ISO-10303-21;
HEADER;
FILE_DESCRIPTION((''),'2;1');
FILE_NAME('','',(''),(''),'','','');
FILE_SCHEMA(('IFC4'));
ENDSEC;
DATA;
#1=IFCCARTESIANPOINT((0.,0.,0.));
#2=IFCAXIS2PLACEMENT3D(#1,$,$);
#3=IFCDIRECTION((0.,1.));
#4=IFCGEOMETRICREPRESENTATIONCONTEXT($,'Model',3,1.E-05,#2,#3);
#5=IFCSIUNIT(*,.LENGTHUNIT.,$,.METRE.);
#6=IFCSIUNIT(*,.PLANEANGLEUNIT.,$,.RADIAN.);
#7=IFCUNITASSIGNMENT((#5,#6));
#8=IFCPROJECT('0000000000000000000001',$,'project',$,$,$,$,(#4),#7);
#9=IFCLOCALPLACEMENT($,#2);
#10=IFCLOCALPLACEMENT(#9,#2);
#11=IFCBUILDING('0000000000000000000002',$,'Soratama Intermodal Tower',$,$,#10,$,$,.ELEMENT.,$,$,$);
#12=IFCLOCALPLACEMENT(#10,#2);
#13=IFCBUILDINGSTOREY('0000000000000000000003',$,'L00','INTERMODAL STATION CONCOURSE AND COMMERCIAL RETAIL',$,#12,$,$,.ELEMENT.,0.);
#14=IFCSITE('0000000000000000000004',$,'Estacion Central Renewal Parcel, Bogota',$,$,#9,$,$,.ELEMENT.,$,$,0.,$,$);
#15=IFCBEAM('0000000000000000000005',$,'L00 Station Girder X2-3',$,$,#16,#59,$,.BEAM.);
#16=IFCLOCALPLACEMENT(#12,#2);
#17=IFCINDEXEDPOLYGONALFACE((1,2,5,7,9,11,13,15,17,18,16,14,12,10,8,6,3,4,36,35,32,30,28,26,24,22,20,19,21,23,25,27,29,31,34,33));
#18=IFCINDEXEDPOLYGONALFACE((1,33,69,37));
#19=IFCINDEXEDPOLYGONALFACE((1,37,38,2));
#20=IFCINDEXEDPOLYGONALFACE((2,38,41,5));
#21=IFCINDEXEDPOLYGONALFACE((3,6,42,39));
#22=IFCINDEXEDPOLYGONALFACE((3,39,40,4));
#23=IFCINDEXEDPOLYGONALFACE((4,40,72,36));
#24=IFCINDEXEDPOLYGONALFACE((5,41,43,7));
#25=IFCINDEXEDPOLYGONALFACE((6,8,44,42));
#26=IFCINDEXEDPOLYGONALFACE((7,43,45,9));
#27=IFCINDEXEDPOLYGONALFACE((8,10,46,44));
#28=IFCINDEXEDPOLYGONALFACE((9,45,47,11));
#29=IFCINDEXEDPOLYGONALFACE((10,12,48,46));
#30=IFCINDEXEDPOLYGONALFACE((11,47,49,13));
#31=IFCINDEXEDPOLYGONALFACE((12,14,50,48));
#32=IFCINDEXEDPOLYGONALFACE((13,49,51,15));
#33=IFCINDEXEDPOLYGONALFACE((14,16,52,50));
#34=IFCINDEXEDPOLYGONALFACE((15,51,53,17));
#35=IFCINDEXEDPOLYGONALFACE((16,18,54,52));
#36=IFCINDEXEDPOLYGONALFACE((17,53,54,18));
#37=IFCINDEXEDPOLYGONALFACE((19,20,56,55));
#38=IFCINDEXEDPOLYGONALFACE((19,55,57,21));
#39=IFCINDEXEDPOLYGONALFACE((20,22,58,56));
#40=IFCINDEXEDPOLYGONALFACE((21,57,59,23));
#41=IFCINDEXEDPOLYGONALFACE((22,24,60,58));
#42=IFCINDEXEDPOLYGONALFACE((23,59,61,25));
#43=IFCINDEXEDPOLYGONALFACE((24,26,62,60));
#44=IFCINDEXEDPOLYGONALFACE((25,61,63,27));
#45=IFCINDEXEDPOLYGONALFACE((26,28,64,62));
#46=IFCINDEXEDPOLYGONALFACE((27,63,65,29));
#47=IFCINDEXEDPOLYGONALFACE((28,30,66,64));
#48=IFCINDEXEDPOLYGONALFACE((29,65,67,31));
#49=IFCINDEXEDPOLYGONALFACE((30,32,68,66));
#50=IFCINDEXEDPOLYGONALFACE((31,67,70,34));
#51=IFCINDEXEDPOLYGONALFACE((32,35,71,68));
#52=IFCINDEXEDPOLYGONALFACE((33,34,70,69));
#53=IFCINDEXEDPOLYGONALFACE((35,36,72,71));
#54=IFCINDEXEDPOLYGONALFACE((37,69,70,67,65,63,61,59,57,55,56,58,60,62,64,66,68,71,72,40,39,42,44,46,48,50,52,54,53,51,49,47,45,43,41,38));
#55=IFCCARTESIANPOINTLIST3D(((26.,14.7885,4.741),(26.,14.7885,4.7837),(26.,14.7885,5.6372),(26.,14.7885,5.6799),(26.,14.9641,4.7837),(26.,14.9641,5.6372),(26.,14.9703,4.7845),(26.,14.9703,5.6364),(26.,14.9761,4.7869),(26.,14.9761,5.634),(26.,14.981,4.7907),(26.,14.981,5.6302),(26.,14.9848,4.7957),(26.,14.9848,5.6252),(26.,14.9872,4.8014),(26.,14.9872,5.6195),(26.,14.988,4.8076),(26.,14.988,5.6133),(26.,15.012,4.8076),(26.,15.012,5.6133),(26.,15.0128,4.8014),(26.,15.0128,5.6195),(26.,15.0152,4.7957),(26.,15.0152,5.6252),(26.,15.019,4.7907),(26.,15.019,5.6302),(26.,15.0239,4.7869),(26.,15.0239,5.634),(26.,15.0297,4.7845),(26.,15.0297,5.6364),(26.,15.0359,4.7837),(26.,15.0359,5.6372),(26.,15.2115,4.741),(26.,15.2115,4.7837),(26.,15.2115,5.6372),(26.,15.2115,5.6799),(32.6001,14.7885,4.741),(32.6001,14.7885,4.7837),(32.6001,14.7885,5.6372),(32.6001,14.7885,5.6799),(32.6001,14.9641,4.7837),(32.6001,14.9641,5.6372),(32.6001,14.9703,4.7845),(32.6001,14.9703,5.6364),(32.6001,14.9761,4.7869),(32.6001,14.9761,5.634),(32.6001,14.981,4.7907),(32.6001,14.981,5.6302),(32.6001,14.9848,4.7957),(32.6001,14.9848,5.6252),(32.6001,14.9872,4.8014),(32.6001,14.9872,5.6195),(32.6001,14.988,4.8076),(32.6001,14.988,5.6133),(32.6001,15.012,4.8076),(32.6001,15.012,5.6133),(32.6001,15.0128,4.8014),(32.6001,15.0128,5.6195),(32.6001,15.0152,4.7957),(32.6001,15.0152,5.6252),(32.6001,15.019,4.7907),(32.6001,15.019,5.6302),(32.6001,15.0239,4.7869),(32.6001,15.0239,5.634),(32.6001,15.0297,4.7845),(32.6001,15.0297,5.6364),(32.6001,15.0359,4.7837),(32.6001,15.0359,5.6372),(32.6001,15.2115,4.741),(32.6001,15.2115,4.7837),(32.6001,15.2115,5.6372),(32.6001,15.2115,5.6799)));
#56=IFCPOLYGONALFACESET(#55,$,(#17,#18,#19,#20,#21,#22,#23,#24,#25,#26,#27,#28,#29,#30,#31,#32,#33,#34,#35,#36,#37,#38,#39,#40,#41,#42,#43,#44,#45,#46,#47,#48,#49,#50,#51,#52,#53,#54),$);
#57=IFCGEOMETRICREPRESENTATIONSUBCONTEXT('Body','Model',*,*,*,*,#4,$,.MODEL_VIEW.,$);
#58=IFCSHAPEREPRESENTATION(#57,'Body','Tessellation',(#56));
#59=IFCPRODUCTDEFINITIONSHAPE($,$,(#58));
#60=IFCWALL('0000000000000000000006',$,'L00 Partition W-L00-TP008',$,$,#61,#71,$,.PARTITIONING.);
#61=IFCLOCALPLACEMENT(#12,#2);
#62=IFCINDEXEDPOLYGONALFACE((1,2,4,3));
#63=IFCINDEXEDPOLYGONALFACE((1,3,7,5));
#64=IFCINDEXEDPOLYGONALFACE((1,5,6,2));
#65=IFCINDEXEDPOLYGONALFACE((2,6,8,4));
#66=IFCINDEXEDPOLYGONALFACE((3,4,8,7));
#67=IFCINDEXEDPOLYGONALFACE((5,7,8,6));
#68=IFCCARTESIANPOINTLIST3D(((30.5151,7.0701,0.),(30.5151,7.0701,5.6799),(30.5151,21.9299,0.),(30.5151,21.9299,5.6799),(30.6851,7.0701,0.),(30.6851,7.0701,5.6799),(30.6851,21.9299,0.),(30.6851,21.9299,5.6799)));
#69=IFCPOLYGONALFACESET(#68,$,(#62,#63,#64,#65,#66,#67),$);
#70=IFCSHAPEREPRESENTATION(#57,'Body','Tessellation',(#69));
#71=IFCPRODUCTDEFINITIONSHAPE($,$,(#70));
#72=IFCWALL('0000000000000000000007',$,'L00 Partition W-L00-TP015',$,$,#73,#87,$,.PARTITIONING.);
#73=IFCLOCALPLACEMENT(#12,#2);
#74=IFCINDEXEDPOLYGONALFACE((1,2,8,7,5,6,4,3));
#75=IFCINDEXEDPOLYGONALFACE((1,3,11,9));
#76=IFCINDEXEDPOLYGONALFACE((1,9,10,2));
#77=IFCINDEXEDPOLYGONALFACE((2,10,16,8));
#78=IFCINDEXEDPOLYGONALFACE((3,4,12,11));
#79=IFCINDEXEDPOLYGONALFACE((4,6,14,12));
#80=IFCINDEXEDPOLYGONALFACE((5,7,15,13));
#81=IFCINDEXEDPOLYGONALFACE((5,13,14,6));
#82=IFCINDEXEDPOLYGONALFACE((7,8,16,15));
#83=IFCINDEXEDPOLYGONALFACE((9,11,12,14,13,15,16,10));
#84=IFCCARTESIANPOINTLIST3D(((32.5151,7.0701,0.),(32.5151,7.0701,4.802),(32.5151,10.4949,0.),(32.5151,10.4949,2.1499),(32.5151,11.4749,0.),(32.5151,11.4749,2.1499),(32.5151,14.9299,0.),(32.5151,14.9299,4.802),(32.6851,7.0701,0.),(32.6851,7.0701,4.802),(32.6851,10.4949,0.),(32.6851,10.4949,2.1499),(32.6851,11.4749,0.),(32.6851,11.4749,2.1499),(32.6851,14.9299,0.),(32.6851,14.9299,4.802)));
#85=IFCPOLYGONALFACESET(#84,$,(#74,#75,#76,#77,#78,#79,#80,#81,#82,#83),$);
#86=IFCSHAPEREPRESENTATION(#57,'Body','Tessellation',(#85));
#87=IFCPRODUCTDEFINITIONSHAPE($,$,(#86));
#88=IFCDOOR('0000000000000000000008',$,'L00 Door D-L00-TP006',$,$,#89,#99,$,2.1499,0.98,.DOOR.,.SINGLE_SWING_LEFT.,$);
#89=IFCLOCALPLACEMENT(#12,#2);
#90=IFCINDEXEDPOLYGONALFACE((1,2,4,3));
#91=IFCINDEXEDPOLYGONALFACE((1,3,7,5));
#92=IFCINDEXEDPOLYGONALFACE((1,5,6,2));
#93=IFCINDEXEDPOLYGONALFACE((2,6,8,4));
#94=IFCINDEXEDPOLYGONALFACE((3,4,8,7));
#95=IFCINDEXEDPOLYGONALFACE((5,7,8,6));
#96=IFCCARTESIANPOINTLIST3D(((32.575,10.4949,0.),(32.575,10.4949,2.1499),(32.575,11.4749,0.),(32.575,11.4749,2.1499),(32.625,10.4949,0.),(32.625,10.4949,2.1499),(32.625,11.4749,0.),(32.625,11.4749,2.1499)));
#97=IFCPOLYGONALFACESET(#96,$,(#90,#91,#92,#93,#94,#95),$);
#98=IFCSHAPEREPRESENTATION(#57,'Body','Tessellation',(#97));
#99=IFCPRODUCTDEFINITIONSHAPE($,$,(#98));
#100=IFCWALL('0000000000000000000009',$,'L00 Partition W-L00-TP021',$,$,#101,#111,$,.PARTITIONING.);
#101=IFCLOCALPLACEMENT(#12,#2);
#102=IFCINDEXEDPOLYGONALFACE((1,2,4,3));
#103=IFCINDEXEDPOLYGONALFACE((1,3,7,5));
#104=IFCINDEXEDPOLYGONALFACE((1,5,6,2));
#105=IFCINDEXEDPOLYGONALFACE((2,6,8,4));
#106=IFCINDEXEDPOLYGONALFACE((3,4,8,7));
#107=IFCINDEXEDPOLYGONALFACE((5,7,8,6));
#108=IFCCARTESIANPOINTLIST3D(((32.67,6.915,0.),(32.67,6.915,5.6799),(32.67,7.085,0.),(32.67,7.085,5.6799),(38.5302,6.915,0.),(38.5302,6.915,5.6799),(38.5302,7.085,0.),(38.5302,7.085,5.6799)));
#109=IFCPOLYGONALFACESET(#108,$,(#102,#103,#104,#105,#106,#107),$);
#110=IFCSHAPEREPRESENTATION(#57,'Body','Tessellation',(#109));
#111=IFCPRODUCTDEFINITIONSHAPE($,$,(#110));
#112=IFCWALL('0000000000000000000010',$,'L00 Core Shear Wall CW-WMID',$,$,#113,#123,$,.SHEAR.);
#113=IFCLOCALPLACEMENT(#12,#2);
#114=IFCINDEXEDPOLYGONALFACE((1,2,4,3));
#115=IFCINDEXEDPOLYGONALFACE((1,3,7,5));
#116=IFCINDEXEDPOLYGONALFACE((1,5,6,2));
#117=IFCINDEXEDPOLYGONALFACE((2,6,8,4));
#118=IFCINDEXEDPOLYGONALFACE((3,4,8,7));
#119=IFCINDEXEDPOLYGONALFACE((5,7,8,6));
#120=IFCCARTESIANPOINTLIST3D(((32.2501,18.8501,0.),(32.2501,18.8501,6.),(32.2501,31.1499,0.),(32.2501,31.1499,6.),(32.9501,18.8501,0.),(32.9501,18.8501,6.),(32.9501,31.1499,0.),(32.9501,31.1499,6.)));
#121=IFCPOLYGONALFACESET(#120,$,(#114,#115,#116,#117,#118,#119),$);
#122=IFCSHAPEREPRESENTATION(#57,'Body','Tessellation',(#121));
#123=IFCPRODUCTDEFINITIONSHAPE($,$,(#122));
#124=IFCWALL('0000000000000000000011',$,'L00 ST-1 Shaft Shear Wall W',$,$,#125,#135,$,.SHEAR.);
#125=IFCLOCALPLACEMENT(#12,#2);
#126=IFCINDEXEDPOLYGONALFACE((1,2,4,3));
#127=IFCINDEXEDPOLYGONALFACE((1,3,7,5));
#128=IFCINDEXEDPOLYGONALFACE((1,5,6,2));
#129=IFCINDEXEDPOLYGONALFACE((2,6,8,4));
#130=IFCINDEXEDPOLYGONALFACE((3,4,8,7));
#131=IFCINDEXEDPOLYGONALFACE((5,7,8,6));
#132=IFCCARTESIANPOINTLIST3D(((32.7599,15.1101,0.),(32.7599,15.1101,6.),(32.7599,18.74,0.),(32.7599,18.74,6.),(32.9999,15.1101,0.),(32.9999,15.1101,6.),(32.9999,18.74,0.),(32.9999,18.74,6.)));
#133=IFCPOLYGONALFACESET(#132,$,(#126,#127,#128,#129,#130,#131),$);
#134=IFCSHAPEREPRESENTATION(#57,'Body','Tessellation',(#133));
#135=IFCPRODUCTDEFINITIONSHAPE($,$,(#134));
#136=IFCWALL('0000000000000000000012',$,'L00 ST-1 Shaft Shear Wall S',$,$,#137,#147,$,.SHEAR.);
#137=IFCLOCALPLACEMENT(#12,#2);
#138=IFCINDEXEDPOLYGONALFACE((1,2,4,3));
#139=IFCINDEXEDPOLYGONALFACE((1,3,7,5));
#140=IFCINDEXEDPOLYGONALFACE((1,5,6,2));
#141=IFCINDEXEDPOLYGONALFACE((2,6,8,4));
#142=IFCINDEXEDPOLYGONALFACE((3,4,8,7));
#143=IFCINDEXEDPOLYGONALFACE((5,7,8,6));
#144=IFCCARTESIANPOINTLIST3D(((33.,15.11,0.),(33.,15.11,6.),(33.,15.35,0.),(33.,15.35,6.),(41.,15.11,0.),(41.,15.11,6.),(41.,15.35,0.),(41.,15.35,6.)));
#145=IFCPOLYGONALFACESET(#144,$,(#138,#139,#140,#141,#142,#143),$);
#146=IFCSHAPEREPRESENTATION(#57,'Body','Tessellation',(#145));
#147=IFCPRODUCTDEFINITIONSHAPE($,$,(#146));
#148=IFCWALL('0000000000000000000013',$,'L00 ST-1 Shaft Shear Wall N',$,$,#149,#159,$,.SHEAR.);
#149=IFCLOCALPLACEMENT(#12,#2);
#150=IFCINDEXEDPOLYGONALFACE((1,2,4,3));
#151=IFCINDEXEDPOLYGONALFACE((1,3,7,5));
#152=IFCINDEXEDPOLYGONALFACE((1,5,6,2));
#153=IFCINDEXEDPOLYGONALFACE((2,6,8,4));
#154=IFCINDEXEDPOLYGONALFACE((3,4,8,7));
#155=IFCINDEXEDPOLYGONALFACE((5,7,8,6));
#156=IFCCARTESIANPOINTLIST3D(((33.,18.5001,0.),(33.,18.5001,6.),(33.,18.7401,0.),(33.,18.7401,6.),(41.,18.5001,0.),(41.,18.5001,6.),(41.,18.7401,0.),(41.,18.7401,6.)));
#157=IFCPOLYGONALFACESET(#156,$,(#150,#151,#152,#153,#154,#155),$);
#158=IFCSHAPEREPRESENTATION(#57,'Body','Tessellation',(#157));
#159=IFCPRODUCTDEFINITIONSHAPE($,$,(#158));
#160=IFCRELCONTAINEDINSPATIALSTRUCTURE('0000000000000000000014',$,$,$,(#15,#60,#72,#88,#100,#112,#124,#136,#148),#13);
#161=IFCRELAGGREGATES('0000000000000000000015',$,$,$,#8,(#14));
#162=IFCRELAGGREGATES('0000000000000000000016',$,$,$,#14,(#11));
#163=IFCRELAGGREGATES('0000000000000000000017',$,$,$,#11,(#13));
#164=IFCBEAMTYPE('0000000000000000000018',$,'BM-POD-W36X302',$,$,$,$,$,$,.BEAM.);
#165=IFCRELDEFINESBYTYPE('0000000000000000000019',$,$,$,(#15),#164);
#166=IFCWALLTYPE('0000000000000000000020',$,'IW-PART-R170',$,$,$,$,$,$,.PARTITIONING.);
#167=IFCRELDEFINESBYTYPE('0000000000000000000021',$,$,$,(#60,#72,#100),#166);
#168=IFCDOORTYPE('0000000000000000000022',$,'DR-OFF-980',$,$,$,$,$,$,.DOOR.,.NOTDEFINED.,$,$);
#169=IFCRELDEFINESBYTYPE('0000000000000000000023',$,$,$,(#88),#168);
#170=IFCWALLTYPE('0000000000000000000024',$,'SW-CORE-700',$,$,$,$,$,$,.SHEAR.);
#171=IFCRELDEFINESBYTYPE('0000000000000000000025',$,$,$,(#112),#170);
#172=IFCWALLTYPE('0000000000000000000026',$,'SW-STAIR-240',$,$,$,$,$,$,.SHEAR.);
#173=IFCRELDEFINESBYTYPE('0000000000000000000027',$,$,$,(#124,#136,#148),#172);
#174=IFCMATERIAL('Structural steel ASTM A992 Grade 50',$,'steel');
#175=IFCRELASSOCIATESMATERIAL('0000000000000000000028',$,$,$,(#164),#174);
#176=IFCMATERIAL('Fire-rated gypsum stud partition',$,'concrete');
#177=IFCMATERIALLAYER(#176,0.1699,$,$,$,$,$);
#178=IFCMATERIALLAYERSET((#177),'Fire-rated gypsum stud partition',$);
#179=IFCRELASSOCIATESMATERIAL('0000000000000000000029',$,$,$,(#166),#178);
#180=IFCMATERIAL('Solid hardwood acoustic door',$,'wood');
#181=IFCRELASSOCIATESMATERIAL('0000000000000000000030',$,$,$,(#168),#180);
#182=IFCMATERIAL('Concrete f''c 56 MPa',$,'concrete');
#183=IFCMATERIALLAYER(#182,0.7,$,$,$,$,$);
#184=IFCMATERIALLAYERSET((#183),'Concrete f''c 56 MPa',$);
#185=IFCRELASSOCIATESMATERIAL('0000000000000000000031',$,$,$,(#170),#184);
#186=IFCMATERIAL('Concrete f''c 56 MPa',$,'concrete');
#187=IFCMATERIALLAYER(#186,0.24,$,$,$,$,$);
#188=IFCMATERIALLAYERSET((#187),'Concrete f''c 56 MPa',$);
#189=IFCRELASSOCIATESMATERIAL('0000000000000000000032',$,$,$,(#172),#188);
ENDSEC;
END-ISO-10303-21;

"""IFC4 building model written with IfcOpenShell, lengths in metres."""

from ifc_helpers import new_model, si_unit, direction, frame, frame_2d, origin, origin_2d, place, context, subcontext, project, spatial, rectangle, i_section, extrude, material, layer, layer_set, material_profile, profile_set, type_object, element, fill, save


model = new_model("IFC4")

# Units and contexts
model_context = context("Model", 3, precision=1e-05, world=origin(), true_north=direction((0.0, 1.0)))
body_context = subcontext(model_context, "Body", "Model", "MODEL_VIEW")
ifc_project = project(units=[si_unit("LENGTHUNIT", "METRE"), si_unit("PLANEANGLEUNIT", "RADIAN")], contexts=[model_context])

# Site, building, storey
site_placement = place(None, origin())
site = spatial("IfcSite", under=ifc_project, at=site_placement, Name="Estacion Central Renewal Parcel, Bogota", CompositionType="ELEMENT", RefElevation=0.0)
building_placement = place(site_placement, origin())
building = spatial("IfcBuilding", under=site, at=building_placement, Name="Soratama Intermodal Tower", CompositionType="ELEMENT")
storey_placement = place(building_placement, origin())
storey = spatial("IfcBuildingStorey", under=building, at=storey_placement, Name="L00", Description="INTERMODAL STATION CONCOURSE AND COMMERCIAL RETAIL", CompositionType="ELEMENT", Elevation=0.0)

# Beam
ifc_material_1 = material(Name="Structural steel ASTM A992 Grade 50", Category="steel")
ifc_material_profile_1 = material_profile(ifc_material_1, i_section(OverallWidth=0.4231, OverallDepth=0.939, WebThickness=0.0239, FlangeThickness=0.0427, FilletRadius=0.0239, at=origin_2d()), Name="W36X302")
ifc_profile_set_1 = profile_set([ifc_material_profile_1], Name="Structural steel ASTM A992 Grade 50")
beam_type_1 = type_object("IfcBeamType", Name="BM-POD-W36X302", PredefinedType="BEAM", material=ifc_profile_set_1)
beam_1_placement = place(storey_placement, frame((26.0, 15.0, 5.2104), z_axis=(1.0, 0.0, 0.0), x_axis=(0.0, 1.0, 0.0)))
element("IfcBeam", 1, at=beam_1_placement, inside=storey, type_object=beam_type_1, Name="L00 Station Girder X2-3", PredefinedType="BEAM", context=body_context, shape_type="SweptSolid", body=[
    extrude(i_section(OverallWidth=0.4231, OverallDepth=0.939, WebThickness=0.0239, FlangeThickness=0.0427, FilletRadius=0.0239, at=origin_2d()), origin(), (0.0, 0.0, 1.0), 6.6001),
])

# Wall
ifc_material_2 = material(Name="Fire-rated gypsum stud partition", Category="concrete")
ifc_layer_1 = layer(ifc_material_2, 0.1699)
ifc_layer_set_1 = layer_set([ifc_layer_1], Name="Fire-rated gypsum stud partition")
wall_type_1 = type_object("IfcWallType", Name="IW-PART-R170", PredefinedType="PARTITIONING", material=ifc_layer_set_1)
wall_1_placement = place(storey_placement, frame((30.6001, 7.0701, 0.0), z_axis=(0.0, 0.0, 1.0), x_axis=(0.0, 1.0, 0.0)))
element("IfcWall", 2, at=wall_1_placement, inside=storey, type_object=wall_type_1, Name="L00 Partition W-L00-TP008", PredefinedType="PARTITIONING", context=body_context, shape_type="SweptSolid", body=[
    extrude(rectangle(XDim=14.8599, YDim=0.1699, at=frame_2d((7.4299, 0.0))), origin(), (0.0, 0.0, 1.0), 5.6799),
])

# Wall, opening, door
wall_2_placement = place(storey_placement, frame((32.6001, 14.9299, 0.0), z_axis=(0.0, 0.0, 1.0), x_axis=(0.0, -1.0, 0.0)))
wall_2 = element("IfcWall", 3, at=wall_2_placement, inside=storey, type_object=wall_type_1, Name="L00 Partition W-L00-TP015", PredefinedType="PARTITIONING", context=body_context, shape_type="SweptSolid", body=[
    extrude(rectangle(XDim=7.8599, YDim=0.1699, at=frame_2d((3.9299, 0.0))), origin(), (0.0, 0.0, 1.0), 4.802),
])
opening_1_placement = place(wall_2_placement, frame((3.4551, 0.0, 0.0)))
opening_1 = element("IfcOpeningElement", 4, at=opening_1_placement, cuts=wall_2, PredefinedType="OPENING", context=body_context, shape_type="SweptSolid", body=[
    extrude(rectangle(XDim=0.98, YDim=2.1499, at=frame_2d((0.49, 1.075))), frame((0.0, 0.095, 0.0), z_axis=(0.0, -1.0, 0.0), x_axis=(1.0, 0.0, 0.0)), (0.0, 0.0, 1.0), 0.1899),
])
ifc_material_3 = material(Name="Solid hardwood acoustic door", Category="wood")
door_type_1 = type_object("IfcDoorType", Name="DR-OFF-980", OperationType="NOTDEFINED", PredefinedType="DOOR", material=ifc_material_3)
door_1_placement = place(opening_1_placement, origin())
door_1 = element("IfcDoor", 5, at=door_1_placement, inside=storey, type_object=door_type_1, Name="L00 Door D-L00-TP006", OperationType="SINGLE_SWING_LEFT", OverallHeight=2.1499, OverallWidth=0.98, PredefinedType="DOOR", context=body_context, shape_type="SweptSolid", body=[
    extrude(rectangle(XDim=0.98, YDim=2.1499, at=frame_2d((0.49, 1.075))), frame((0.0, 0.0249, 0.0), z_axis=(0.0, -1.0, 0.0), x_axis=(1.0, 0.0, 0.0)), (0.0, 0.0, 1.0), 0.05),
])
fill(opening_1, door_1)

# Wall
wall_3_placement = place(storey_placement, frame((32.6699, 7.0, 0.0), z_axis=(0.0, 0.0, 1.0), x_axis=(1.0, 0.0, 0.0)))
element("IfcWall", 6, at=wall_3_placement, inside=storey, type_object=wall_type_1, Name="L00 Partition W-L00-TP021", PredefinedType="PARTITIONING", context=body_context, shape_type="SweptSolid", body=[
    extrude(rectangle(XDim=5.8601, YDim=0.1699, at=frame_2d((2.9302, 0.0))), origin(), (0.0, 0.0, 1.0), 5.6799),
])

# Walls
ifc_material_4 = material(Name="Concrete f'c 56 MPa", Category="concrete")
ifc_layer_2 = layer(ifc_material_4, 0.7)
ifc_layer_set_2 = layer_set([ifc_layer_2], Name="Concrete f'c 56 MPa")
wall_type_2 = type_object("IfcWallType", Name="SW-CORE-700", PredefinedType="SHEAR", material=ifc_layer_set_2)
wall_4_placement = place(storey_placement, frame((32.6001, 18.8501, 0.0), z_axis=(0.0, 0.0, 1.0), x_axis=(0.0, 1.0, 0.0)))
element("IfcWall", 7, at=wall_4_placement, inside=storey, type_object=wall_type_2, Name="L00 Core Shear Wall CW-WMID", PredefinedType="SHEAR", context=body_context, shape_type="SweptSolid", body=[
    extrude(rectangle(XDim=12.2998, YDim=0.7, at=frame_2d((6.1499, 0.0))), origin(), (0.0, 0.0, 1.0), 6.0),
])
ifc_material_5 = material(Name="Concrete f'c 56 MPa", Category="concrete")
ifc_layer_3 = layer(ifc_material_5, 0.24)
ifc_layer_set_3 = layer_set([ifc_layer_3], Name="Concrete f'c 56 MPa")
wall_type_3 = type_object("IfcWallType", Name="SW-STAIR-240", PredefinedType="SHEAR", material=ifc_layer_set_3)
wall_5_placement = place(storey_placement, frame((32.8799, 15.1101, 0.0), z_axis=(0.0, 0.0, 1.0), x_axis=(0.0, 1.0, 0.0)))
element("IfcWall", 8, at=wall_5_placement, inside=storey, type_object=wall_type_3, Name="L00 ST-1 Shaft Shear Wall W", PredefinedType="SHEAR", context=body_context, shape_type="SweptSolid", body=[
    extrude(rectangle(XDim=3.6299, YDim=0.24, at=frame_2d((1.8149, 0.0))), origin(), (0.0, 0.0, 1.0), 6.0),
])
for number, where, z_axis, x_axis, name in (
    (9, (33.0, 15.23, 0.0), (0.0, 0.0, 1.0), (1.0, 0.0, 0.0), "L00 ST-1 Shaft Shear Wall S"),
    (10, (33.0, 18.6201, 0.0), (0.0, 0.0, 1.0), (1.0, 0.0, 0.0), "L00 ST-1 Shaft Shear Wall N"),
):
    element("IfcWall", number, at=place(storey_placement, frame(where, z_axis=z_axis, x_axis=x_axis)), inside=storey, type_object=wall_type_3, Name=name, PredefinedType="SHEAR", context=body_context, shape_type="SweptSolid", body=[
        extrude(rectangle(XDim=8.0, YDim=0.24, at=frame_2d((4.0, 0.0))), origin(), (0.0, 0.0, 1.0), 6.0),
    ])

save(model, "model.ifc")
